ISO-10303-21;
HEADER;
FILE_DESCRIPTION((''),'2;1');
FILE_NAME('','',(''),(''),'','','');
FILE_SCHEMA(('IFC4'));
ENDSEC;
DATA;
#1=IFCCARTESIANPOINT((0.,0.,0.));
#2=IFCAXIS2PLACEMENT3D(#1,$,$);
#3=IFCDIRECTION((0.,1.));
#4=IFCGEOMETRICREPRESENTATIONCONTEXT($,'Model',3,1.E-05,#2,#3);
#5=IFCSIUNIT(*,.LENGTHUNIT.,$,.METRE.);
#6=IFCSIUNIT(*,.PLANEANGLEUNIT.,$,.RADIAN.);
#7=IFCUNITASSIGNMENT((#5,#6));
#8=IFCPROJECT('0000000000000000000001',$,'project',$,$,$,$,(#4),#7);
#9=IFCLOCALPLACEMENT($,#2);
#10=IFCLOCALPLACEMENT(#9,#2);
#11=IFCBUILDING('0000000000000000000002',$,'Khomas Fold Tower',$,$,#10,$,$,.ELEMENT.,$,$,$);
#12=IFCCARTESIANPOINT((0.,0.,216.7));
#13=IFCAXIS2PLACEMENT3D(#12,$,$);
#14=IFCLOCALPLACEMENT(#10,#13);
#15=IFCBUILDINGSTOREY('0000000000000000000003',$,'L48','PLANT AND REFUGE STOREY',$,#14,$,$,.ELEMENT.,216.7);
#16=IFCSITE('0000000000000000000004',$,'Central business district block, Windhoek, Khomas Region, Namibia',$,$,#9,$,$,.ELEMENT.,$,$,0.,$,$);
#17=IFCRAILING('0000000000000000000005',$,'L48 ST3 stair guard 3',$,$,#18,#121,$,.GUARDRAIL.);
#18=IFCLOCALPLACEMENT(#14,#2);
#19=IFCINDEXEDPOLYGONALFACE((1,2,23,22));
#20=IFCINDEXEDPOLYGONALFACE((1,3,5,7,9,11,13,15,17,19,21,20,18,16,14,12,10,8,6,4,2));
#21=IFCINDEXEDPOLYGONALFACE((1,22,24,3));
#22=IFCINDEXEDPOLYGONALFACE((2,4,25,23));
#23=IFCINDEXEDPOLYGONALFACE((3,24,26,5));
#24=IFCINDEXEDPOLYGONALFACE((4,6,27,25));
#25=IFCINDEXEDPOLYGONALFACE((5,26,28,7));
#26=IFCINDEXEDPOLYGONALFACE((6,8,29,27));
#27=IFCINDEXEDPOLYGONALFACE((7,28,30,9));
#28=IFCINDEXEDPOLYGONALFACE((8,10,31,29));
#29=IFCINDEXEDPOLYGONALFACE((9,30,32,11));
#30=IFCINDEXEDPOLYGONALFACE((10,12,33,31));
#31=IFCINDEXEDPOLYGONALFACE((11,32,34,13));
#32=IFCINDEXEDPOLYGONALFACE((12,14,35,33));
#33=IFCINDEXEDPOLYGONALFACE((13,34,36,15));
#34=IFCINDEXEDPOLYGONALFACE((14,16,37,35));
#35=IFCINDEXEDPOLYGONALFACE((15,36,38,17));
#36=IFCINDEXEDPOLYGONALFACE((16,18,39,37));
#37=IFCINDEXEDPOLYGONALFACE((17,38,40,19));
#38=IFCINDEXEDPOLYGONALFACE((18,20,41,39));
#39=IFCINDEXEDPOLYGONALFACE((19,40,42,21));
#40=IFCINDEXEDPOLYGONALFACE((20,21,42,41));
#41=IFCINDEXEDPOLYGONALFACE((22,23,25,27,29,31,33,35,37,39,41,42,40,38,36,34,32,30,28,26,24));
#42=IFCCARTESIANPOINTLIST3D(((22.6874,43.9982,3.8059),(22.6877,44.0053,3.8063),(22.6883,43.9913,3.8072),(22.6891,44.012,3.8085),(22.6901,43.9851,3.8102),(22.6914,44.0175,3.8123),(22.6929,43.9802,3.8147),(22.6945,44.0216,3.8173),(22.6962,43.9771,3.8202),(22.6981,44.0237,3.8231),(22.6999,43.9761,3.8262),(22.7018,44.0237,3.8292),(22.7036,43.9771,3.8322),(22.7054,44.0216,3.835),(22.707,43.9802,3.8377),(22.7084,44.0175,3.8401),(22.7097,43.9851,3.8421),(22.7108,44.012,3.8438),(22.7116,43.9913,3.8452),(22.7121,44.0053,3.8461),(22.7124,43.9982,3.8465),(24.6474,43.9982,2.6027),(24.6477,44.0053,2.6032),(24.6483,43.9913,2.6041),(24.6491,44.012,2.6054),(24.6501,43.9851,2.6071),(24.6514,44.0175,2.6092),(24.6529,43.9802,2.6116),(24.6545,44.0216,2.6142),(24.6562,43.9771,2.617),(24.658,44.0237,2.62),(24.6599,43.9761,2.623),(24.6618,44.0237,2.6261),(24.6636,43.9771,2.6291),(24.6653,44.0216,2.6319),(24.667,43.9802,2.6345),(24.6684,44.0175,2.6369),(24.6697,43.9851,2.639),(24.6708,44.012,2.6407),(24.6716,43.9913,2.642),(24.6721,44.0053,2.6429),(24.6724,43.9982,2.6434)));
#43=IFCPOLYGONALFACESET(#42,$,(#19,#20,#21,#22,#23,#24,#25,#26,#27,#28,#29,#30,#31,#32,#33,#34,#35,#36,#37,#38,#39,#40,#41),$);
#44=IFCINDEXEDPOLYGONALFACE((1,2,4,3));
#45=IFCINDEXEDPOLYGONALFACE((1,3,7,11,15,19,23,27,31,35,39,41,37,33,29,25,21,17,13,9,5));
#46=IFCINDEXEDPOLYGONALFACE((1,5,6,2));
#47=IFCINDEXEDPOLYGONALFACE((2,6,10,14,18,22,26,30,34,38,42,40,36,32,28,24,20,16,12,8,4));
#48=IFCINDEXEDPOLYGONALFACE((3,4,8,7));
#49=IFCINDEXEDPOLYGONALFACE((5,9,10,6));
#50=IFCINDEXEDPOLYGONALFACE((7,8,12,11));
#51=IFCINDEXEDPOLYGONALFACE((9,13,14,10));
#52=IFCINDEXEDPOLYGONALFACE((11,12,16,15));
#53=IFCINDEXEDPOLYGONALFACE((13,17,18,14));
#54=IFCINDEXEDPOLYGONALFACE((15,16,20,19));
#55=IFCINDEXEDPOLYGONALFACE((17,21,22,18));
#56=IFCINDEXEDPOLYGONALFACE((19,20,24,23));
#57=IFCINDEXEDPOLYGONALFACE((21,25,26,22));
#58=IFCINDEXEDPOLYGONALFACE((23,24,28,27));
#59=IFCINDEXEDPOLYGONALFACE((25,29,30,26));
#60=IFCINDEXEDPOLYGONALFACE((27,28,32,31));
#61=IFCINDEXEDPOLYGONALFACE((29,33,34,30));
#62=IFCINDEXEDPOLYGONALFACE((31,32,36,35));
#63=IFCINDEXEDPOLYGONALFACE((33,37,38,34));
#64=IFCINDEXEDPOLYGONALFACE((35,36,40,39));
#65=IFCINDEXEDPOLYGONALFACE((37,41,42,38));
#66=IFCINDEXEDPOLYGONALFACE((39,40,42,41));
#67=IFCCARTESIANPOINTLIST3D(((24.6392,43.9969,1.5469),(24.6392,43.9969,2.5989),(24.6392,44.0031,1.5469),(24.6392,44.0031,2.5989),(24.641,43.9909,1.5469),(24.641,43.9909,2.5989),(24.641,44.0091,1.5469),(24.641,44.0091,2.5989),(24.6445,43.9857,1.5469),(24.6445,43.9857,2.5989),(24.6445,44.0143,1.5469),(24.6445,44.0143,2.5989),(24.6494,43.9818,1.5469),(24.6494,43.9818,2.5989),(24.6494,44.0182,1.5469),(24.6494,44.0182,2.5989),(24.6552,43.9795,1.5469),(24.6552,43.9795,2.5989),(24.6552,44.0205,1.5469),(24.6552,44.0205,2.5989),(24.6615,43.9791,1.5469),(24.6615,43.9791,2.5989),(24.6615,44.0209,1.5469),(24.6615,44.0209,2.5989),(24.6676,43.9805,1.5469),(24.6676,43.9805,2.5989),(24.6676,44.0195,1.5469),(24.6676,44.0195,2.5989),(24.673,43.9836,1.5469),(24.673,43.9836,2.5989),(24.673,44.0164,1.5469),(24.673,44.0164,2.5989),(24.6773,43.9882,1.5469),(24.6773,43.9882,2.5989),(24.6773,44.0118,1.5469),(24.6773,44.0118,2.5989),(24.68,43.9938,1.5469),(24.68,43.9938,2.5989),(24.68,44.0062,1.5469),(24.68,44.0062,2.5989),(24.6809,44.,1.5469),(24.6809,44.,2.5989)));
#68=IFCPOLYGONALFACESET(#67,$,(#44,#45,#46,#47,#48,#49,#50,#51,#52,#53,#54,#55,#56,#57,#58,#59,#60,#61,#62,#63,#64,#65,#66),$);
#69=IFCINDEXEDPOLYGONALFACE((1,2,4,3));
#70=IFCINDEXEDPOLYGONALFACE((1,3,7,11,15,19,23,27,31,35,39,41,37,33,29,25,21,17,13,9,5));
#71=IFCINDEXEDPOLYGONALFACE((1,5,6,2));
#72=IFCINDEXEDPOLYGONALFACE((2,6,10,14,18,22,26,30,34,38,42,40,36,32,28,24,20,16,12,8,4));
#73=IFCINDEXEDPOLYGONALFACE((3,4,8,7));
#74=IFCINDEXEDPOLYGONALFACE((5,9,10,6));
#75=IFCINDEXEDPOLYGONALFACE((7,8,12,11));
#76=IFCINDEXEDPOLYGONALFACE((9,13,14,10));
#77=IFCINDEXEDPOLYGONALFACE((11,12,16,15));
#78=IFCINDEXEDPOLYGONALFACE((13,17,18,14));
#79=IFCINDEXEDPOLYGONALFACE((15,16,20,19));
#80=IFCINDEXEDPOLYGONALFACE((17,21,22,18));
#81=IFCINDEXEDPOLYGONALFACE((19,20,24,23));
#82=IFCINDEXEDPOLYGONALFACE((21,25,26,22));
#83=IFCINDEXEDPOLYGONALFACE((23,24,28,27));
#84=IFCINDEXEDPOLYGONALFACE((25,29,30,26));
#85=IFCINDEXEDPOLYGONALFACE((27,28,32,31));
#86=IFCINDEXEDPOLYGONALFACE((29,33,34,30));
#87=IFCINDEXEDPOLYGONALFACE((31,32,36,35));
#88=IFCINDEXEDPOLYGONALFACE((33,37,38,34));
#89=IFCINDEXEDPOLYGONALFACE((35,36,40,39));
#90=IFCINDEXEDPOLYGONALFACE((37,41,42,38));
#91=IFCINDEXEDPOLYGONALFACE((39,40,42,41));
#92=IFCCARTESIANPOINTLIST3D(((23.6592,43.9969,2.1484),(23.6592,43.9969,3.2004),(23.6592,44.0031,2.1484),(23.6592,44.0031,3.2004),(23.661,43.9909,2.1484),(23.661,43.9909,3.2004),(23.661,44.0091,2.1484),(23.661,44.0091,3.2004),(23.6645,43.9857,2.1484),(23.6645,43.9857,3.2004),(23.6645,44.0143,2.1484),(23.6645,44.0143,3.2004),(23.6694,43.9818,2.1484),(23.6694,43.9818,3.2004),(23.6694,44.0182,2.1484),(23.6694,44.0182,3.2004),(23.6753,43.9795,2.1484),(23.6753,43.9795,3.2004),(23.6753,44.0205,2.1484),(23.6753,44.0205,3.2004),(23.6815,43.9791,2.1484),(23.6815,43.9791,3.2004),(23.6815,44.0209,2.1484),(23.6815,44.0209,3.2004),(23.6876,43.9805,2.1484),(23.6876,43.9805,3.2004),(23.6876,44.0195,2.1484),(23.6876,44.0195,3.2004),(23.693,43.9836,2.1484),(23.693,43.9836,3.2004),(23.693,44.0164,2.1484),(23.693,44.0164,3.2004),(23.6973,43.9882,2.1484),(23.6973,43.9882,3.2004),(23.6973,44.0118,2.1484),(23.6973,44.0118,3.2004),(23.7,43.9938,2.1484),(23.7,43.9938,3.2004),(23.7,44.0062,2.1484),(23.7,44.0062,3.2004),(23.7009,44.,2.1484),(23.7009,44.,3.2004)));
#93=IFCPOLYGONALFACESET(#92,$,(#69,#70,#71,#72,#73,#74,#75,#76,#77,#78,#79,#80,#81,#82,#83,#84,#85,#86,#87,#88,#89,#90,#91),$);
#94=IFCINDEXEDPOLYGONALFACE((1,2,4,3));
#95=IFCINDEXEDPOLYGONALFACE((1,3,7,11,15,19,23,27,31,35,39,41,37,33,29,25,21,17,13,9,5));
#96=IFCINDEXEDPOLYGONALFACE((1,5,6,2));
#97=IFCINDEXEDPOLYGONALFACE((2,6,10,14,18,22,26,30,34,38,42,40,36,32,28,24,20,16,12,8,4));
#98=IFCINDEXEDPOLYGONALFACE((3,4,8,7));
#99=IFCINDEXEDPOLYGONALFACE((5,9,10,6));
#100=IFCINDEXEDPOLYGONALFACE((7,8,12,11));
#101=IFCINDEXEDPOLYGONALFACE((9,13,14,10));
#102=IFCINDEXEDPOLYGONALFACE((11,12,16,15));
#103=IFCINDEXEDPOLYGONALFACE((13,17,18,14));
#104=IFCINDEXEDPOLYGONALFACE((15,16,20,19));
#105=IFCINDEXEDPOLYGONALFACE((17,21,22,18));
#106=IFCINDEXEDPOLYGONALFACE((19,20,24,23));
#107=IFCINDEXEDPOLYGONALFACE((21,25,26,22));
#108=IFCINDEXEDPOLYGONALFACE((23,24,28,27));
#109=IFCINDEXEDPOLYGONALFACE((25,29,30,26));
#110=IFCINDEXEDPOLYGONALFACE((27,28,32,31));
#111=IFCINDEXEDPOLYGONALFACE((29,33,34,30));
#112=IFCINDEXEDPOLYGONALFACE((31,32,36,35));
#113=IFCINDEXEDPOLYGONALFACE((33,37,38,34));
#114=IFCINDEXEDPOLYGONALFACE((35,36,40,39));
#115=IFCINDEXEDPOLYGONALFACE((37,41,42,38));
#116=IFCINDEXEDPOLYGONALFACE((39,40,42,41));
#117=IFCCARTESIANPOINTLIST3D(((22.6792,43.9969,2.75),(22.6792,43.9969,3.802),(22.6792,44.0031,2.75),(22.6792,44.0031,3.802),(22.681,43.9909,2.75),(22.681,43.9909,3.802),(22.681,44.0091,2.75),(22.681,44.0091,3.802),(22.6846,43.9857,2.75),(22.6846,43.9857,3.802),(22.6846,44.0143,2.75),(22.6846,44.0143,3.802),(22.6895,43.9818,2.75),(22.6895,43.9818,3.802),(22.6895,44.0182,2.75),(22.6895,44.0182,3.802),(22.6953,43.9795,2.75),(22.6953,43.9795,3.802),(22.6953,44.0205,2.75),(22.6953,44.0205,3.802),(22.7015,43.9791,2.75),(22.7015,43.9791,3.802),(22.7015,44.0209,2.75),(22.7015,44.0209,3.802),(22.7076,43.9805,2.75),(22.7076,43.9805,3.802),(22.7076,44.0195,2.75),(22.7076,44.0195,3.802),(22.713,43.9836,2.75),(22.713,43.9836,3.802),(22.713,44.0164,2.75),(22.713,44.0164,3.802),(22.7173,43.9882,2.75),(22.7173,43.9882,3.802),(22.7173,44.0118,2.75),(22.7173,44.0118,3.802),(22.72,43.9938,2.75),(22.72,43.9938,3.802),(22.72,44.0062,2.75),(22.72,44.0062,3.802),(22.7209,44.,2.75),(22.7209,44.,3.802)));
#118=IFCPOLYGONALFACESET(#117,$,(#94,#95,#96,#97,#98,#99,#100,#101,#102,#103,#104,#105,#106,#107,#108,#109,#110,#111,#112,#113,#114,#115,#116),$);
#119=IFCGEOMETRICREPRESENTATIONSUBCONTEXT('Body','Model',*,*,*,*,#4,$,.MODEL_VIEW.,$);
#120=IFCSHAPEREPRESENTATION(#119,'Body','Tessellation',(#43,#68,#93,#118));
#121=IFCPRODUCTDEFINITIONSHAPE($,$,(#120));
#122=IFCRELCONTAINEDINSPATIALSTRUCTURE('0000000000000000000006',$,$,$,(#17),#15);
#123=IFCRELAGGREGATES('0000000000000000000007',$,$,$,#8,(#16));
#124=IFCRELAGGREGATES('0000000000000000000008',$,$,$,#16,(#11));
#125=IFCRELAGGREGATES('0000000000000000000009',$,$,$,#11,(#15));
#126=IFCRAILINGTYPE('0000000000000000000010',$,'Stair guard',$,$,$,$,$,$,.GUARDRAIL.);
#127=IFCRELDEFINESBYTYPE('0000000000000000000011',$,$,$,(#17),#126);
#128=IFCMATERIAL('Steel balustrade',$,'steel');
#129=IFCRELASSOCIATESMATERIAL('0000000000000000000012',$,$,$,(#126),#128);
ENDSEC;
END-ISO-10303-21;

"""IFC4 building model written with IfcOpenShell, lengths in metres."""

from ifc_helpers import new_model, si_unit, direction, frame, origin, origin_2d, place, context, subcontext, project, spatial, circle, extrude, source, transform, mapped, material, type_object, element, save


model = new_model("IFC4")

# Units and contexts
model_context = context("Model", 3, precision=1e-05, world=origin(), true_north=direction((0.0, 1.0)))
body_context = subcontext(model_context, "Body", "Model", "MODEL_VIEW")
ifc_project = project(units=[si_unit("LENGTHUNIT", "METRE"), si_unit("PLANEANGLEUNIT", "RADIAN")], contexts=[model_context])

# Site, building, storey
site_placement = place(None, origin())
site = spatial("IfcSite", under=ifc_project, at=site_placement, Name="Central business district block, Windhoek, Khomas Region, Namibia", CompositionType="ELEMENT", RefElevation=0.0)
building_placement = place(site_placement, origin())
building = spatial("IfcBuilding", under=site, at=building_placement, Name="Khomas Fold Tower", CompositionType="ELEMENT")
storey_placement = place(building_placement, frame((0.0, 0.0, 216.7)))
storey = spatial("IfcBuildingStorey", under=building, at=storey_placement, Name="L48", Description="PLANT AND REFUGE STOREY", CompositionType="ELEMENT", Elevation=216.7)

# Railing
ifc_material_1 = material(Name="Steel balustrade", Category="steel")
railing_type_1 = type_object("IfcRailingType", Name="Stair guard", PredefinedType="GUARDRAIL", material=ifc_material_1)
shared_shape_1 = source(origin(), body_context, "Body", "SweptSolid", [
    extrude(circle(Radius=0.0239, at=origin_2d()), frame((0.0, 0.0, 1.0762), z_axis=(-0.852241, 0.0, 0.523149), x_axis=(0.0, -1.0, 0.0)), (0.0, 0.0, 1.0), 2.2998),
    extrude(circle(Radius=0.021, at=origin_2d()), origin(), (0.0, 0.0, 1.0), 1.052),
    extrude(circle(Radius=0.021, at=origin_2d()), frame((-0.98, 0.0, 0.6016)), (0.0, 0.0, 1.0), 1.052),
    extrude(circle(Radius=0.021, at=origin_2d()), frame((-1.96, 0.0, 1.2031)), (0.0, 0.0, 1.0), 1.052),
])
for number, where, name in (
    (1, (24.6599, 44.0, 1.5469), "L48 ST3 stair guard 3"),
):
    element("IfcRailing", number, at=place(storey_placement, frame(where)), inside=storey, type_object=railing_type_1, Name=name, PredefinedType="GUARDRAIL", context=body_context, shape_type="MappedRepresentation", body=[
        mapped(shared_shape_1, transform((0.0, 0.0, 0.0))),
    ])

save(model, "model.ifc")
